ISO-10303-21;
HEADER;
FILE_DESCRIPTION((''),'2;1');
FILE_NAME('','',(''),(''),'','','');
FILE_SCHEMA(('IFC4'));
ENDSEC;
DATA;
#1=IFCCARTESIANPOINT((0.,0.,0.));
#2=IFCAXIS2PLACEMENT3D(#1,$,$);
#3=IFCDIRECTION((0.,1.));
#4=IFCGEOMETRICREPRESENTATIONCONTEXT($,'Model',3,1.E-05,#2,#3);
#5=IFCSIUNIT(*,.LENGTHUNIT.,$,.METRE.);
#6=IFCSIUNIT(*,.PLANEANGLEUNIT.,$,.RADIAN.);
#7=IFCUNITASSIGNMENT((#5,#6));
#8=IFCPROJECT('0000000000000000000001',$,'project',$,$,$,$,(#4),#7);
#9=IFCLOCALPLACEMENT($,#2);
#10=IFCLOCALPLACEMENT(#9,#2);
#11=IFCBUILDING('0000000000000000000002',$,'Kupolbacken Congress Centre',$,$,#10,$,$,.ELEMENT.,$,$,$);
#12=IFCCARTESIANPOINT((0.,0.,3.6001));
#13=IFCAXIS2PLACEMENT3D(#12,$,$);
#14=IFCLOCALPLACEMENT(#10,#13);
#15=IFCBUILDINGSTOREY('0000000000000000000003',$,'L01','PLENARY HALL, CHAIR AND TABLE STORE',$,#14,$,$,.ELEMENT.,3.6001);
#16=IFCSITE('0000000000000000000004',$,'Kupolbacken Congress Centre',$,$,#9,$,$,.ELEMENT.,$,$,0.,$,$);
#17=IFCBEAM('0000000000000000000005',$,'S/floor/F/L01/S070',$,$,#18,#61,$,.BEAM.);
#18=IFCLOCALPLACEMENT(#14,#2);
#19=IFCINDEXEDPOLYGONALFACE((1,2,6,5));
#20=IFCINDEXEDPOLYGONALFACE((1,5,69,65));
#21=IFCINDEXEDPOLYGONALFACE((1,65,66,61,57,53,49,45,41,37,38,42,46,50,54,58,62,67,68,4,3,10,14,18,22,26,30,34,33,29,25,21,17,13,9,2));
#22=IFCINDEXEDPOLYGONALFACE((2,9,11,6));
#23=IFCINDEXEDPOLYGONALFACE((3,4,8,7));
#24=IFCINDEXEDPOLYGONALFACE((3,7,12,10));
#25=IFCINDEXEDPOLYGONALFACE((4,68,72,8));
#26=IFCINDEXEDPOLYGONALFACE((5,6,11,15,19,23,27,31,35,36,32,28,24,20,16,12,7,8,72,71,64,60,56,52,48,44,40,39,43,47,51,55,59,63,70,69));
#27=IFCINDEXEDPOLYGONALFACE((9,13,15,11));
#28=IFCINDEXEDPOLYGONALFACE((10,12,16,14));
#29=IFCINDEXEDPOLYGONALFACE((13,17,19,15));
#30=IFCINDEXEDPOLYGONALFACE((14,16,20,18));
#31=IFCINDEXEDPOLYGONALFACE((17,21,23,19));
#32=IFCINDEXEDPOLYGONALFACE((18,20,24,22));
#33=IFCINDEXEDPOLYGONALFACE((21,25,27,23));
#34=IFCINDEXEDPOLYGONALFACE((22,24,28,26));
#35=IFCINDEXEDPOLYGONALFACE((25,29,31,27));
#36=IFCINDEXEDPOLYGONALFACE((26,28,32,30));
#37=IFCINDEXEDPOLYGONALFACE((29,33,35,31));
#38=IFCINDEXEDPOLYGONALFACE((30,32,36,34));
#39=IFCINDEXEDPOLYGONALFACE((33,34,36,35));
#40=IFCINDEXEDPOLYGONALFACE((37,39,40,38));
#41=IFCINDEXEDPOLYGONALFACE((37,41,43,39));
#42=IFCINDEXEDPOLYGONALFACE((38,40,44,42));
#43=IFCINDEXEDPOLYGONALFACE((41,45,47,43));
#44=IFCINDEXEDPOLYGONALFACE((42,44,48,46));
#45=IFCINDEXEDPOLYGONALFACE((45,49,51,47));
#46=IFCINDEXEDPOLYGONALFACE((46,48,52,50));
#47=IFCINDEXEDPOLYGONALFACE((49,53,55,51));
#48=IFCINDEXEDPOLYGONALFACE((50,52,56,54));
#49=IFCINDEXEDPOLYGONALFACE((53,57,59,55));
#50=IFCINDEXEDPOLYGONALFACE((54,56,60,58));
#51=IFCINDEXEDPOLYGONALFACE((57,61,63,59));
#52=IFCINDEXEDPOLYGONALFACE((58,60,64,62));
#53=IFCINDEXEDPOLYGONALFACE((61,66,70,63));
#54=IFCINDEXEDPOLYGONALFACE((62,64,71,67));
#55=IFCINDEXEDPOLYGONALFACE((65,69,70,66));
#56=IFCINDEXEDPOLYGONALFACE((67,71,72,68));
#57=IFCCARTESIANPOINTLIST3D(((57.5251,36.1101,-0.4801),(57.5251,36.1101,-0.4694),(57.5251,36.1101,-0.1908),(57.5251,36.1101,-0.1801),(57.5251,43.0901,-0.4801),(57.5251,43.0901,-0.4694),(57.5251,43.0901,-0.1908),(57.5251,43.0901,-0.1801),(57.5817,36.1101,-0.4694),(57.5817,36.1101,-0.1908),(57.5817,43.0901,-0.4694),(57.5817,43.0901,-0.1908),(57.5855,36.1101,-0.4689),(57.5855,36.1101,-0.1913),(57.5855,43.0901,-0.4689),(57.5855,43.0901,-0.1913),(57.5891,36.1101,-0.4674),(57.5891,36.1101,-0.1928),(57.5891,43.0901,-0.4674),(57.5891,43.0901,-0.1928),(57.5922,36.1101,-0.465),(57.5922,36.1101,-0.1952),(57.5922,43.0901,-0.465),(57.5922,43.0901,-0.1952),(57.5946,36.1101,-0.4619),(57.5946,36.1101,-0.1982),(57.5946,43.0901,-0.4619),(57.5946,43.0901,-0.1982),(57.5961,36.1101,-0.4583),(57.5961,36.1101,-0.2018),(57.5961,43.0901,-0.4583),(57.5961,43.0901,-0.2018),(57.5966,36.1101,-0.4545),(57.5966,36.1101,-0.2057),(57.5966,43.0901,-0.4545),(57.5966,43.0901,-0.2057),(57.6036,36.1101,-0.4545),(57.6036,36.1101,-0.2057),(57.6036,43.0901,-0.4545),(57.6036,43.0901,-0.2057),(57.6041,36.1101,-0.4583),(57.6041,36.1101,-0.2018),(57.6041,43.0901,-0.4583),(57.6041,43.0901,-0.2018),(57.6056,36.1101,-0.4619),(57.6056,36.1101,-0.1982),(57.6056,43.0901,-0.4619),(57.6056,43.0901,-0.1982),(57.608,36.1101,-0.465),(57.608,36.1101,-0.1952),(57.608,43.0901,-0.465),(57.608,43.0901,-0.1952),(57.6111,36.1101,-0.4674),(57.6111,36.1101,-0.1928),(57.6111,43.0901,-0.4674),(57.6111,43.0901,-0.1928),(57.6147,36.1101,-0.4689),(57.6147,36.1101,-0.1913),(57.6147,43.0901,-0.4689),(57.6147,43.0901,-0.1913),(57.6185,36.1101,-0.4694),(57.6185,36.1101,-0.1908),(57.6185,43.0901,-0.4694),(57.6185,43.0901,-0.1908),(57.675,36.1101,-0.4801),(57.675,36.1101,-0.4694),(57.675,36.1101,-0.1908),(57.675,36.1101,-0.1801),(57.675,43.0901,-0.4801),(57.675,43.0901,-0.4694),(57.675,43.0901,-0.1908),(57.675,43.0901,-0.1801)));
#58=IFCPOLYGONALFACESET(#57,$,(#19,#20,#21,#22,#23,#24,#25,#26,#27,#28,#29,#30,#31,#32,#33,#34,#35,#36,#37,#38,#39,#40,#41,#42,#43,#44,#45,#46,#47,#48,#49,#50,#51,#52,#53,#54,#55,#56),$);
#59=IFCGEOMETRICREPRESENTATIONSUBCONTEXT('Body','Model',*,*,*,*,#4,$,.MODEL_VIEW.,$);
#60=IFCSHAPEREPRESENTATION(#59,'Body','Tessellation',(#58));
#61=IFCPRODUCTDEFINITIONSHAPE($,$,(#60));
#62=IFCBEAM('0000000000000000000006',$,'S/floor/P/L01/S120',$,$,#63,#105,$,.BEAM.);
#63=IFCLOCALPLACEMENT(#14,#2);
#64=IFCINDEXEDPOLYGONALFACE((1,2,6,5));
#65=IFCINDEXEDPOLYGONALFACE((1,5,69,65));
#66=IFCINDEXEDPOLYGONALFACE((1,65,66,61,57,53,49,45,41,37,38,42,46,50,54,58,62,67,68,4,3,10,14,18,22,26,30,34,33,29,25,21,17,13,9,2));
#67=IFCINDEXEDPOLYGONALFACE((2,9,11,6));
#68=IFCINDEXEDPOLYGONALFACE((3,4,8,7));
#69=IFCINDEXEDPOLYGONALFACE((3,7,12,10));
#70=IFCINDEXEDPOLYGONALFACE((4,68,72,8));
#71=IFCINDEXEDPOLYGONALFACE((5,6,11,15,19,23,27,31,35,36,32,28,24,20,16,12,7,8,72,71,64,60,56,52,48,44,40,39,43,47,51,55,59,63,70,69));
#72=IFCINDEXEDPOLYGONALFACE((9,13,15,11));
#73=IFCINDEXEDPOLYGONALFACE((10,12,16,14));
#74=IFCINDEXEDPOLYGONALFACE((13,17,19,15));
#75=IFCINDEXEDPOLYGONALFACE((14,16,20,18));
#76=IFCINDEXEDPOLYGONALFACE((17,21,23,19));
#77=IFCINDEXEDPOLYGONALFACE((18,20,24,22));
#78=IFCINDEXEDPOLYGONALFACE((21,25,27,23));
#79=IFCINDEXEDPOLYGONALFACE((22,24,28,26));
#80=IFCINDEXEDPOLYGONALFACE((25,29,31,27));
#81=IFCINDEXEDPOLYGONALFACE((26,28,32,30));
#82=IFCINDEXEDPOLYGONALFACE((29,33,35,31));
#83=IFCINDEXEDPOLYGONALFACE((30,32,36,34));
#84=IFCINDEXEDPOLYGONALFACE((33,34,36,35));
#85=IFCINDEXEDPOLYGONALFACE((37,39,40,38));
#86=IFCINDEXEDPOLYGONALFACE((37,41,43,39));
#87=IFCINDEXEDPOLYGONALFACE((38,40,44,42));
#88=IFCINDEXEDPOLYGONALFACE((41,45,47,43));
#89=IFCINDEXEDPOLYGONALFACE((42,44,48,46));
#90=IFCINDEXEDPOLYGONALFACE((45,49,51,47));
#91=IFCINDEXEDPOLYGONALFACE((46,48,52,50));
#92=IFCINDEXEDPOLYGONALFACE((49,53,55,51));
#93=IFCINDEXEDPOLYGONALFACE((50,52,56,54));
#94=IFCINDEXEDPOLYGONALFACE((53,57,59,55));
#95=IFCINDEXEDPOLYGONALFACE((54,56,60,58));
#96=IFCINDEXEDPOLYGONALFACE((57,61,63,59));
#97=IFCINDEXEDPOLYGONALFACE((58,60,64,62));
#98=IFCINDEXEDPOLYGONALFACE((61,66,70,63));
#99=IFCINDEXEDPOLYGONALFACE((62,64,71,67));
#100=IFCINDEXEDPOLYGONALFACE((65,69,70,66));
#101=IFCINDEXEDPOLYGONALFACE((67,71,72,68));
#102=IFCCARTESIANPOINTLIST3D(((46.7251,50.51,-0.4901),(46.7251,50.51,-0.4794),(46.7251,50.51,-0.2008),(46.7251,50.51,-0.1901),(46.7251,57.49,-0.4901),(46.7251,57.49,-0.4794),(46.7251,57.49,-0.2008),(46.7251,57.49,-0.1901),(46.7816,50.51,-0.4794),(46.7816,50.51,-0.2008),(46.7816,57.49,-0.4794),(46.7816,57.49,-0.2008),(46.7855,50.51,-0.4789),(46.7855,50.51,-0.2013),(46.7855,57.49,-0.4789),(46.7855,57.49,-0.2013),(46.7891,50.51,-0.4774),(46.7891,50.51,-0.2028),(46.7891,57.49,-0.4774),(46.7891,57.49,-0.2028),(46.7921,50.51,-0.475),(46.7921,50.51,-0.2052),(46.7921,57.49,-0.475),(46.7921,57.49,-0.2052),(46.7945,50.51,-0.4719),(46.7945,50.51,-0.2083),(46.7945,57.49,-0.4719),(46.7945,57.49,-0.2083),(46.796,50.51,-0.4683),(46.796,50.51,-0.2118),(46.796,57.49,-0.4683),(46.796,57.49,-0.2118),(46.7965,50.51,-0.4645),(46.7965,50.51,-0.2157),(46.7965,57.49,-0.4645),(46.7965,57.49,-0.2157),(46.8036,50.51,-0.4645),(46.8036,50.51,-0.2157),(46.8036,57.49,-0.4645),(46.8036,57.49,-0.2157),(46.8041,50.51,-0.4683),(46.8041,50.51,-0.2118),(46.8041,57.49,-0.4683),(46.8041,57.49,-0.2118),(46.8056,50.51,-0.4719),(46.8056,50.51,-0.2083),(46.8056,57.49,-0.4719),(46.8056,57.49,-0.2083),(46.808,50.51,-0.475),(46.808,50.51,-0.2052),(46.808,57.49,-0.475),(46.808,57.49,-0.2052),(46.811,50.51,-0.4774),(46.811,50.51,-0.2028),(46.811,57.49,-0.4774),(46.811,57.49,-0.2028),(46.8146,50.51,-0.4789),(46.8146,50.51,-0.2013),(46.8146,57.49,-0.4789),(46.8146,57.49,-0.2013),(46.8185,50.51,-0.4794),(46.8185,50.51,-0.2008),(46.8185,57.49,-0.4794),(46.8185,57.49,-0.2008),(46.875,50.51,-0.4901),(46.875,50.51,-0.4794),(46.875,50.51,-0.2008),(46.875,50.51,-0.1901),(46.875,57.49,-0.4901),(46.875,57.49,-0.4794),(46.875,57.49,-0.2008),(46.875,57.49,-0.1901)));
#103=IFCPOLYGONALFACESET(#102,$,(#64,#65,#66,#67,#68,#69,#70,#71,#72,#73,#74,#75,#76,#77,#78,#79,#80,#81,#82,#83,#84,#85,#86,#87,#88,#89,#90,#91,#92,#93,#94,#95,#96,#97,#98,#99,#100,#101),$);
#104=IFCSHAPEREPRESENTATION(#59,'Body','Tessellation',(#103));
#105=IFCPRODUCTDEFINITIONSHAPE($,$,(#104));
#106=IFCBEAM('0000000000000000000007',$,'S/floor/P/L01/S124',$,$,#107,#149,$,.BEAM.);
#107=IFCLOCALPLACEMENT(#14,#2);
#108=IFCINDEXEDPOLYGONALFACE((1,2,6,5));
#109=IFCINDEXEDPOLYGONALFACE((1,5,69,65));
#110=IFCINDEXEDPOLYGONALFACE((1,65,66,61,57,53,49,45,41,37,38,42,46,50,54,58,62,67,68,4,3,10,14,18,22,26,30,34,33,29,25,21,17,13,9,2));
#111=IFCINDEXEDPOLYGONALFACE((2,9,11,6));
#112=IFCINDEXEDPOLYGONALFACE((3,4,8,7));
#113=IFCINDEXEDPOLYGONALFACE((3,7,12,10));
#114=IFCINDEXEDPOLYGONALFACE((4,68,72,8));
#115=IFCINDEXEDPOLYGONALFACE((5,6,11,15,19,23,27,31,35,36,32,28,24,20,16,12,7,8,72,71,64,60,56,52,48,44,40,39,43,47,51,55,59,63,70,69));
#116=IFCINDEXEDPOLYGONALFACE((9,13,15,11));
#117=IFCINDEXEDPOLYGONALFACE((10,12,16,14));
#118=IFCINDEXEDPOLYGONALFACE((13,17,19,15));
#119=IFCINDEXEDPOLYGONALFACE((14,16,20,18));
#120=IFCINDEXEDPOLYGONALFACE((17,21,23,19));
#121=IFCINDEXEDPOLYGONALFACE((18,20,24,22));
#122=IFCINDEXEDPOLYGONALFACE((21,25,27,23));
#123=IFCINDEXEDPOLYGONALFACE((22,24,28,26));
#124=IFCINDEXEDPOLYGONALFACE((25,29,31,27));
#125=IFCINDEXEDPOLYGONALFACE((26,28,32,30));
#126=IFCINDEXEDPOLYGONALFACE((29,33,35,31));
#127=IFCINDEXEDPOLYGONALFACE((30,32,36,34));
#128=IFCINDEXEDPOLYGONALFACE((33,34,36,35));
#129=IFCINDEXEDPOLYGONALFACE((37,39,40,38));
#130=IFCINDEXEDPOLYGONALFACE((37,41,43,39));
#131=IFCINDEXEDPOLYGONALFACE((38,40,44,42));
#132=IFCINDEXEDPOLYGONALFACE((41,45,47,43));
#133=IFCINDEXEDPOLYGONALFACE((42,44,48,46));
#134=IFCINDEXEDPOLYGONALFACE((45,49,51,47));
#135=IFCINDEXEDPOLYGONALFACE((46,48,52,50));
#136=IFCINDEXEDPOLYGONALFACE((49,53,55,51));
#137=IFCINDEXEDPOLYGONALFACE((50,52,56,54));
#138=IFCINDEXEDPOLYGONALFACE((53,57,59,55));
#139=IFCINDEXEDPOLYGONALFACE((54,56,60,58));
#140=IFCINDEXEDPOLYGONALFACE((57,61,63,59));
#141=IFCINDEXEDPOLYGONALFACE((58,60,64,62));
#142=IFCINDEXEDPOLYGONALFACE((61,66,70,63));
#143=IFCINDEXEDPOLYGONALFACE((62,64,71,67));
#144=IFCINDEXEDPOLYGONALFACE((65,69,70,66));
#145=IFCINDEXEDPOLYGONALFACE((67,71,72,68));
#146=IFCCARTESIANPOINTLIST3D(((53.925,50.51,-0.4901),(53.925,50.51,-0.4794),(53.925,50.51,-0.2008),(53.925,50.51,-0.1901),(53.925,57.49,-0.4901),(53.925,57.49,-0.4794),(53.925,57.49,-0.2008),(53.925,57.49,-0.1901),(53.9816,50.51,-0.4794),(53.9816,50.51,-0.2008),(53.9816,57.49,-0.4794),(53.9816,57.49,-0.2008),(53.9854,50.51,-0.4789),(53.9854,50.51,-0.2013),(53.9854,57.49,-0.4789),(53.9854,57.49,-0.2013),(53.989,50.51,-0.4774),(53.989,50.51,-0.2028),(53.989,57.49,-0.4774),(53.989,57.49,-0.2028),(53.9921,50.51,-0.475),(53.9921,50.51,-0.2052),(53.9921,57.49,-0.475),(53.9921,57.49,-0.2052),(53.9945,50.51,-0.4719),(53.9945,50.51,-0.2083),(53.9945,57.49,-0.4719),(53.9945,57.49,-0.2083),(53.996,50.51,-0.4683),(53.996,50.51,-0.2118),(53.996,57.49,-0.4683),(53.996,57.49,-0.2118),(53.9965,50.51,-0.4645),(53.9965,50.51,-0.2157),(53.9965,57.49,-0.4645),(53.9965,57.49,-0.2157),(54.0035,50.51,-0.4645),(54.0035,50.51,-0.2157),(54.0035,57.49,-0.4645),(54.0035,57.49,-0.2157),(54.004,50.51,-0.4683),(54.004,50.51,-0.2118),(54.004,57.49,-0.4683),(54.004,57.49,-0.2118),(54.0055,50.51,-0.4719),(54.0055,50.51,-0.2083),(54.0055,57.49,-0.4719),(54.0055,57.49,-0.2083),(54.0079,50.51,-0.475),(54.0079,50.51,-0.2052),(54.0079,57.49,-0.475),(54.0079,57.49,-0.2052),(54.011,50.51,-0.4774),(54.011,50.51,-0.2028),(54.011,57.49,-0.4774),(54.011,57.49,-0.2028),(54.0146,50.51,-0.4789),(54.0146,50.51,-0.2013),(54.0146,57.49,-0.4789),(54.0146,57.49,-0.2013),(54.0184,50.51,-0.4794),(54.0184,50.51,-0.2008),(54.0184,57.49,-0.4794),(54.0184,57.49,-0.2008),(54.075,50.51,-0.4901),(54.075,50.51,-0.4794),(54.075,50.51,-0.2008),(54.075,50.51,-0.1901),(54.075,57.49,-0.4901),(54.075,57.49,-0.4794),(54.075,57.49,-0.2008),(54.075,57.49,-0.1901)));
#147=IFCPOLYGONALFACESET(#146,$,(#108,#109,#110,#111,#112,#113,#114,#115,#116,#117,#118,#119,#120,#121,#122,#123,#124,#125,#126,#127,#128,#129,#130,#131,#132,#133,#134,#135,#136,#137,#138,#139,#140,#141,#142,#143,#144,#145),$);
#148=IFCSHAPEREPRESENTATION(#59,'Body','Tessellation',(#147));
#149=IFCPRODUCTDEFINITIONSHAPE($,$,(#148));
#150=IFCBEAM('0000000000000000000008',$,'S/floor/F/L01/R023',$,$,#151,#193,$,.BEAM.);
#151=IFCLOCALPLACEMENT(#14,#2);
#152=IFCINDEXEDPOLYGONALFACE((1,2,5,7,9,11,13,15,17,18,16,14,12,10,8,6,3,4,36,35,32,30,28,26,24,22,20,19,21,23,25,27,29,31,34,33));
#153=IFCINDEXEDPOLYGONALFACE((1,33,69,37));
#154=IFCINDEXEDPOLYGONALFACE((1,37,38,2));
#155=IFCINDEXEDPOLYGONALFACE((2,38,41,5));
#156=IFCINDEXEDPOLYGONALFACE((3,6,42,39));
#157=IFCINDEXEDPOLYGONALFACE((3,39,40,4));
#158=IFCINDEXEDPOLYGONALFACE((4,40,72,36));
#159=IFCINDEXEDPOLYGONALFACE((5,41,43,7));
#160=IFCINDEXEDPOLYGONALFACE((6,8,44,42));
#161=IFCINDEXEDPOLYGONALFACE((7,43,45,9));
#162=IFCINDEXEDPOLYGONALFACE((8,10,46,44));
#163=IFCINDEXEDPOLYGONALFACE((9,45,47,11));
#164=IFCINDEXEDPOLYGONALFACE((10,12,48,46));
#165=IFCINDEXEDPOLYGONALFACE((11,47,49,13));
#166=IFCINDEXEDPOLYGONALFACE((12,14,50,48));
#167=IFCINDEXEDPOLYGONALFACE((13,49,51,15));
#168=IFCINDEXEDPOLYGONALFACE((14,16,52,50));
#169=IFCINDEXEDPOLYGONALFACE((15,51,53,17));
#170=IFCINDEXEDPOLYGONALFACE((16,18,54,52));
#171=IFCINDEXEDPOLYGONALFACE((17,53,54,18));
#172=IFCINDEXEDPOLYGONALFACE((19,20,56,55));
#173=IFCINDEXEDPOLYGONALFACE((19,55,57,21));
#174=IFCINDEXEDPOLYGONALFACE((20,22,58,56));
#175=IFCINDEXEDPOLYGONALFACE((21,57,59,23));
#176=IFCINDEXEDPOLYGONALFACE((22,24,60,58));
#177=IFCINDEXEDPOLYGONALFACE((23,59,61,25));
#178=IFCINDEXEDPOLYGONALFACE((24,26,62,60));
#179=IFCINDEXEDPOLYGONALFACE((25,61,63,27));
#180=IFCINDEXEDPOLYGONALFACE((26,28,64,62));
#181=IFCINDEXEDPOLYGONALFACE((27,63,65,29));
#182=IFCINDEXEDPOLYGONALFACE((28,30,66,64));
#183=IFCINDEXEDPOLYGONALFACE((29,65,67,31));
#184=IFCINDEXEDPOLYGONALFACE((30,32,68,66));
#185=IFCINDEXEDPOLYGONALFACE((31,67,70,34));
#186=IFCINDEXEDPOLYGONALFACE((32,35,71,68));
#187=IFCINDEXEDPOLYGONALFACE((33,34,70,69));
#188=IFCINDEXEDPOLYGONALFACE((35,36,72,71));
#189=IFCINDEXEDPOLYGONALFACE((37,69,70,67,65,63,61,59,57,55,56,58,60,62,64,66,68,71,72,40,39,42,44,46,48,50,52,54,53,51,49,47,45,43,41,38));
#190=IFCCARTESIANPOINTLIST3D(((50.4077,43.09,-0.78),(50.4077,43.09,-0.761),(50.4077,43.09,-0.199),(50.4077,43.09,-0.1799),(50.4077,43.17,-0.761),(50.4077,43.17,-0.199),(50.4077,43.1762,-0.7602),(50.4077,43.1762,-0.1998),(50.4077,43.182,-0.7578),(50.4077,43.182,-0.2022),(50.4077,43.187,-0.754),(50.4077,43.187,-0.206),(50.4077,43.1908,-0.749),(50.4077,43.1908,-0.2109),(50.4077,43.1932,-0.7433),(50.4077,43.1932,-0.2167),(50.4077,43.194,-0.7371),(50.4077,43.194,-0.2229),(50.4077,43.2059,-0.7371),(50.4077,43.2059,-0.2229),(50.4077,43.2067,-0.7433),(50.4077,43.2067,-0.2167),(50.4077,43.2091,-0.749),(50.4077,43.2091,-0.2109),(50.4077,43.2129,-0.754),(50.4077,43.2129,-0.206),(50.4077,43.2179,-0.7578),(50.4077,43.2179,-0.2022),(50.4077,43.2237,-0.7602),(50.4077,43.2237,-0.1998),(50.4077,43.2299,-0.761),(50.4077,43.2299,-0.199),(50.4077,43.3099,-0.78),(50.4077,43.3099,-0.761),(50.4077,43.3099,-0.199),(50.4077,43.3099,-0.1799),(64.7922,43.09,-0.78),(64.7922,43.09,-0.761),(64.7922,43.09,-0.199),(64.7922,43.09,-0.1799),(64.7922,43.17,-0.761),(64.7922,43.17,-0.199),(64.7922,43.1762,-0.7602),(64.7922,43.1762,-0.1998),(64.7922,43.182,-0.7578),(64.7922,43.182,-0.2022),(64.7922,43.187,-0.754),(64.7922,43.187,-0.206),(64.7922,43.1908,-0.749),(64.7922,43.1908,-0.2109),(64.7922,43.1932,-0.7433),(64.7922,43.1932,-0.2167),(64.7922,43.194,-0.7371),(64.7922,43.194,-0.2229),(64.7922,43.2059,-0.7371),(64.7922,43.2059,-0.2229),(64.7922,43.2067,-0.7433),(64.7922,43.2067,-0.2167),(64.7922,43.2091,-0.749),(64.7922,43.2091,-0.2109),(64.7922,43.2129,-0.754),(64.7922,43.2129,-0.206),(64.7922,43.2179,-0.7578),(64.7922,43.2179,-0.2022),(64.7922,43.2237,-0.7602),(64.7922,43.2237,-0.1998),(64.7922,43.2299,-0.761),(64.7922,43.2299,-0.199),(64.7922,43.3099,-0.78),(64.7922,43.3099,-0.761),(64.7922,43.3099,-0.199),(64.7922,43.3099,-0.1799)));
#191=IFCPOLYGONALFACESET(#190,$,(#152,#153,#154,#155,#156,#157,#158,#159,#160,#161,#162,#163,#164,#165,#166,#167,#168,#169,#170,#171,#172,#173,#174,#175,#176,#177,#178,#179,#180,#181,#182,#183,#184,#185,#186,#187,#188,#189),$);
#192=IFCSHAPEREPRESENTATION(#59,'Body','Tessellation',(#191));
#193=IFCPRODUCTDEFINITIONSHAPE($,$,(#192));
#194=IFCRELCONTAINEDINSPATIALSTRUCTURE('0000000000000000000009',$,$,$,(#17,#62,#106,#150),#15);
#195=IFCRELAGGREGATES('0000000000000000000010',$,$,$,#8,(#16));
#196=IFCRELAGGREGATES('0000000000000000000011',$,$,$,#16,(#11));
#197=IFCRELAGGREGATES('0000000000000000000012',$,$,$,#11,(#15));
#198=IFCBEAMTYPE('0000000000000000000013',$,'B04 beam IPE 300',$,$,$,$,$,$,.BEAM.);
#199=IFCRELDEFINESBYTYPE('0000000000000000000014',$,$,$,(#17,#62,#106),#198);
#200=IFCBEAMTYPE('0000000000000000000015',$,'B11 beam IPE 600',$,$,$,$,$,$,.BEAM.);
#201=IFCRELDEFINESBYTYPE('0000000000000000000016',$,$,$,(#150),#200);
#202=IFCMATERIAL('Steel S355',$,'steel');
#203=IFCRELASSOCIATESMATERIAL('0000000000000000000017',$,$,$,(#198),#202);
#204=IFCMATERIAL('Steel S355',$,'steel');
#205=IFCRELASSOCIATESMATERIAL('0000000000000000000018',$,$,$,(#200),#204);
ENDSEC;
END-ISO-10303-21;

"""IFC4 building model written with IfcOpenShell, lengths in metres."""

from ifc_helpers import new_model, si_unit, direction, frame, origin, origin_2d, place, context, subcontext, project, spatial, i_section, extrude, material, material_profile, profile_set, type_object, element, save


model = new_model("IFC4")

# Units and contexts
model_context = context("Model", 3, precision=1e-05, world=origin(), true_north=direction((0.0, 1.0)))
body_context = subcontext(model_context, "Body", "Model", "MODEL_VIEW")
ifc_project = project(units=[si_unit("LENGTHUNIT", "METRE"), si_unit("PLANEANGLEUNIT", "RADIAN")], contexts=[model_context])

# Site, building, storey
site_placement = place(None, origin())
site = spatial("IfcSite", under=ifc_project, at=site_placement, Name="Kupolbacken Congress Centre", CompositionType="ELEMENT", RefElevation=0.0)
building_placement = place(site_placement, origin())
building = spatial("IfcBuilding", under=site, at=building_placement, Name="Kupolbacken Congress Centre", CompositionType="ELEMENT")
storey_placement = place(building_placement, frame((0.0, 0.0, 3.6001)))
storey = spatial("IfcBuildingStorey", under=building, at=storey_placement, Name="L01", Description="PLENARY HALL, CHAIR AND TABLE STORE", CompositionType="ELEMENT", Elevation=3.6001)

# Beams
ifc_material_1 = material(Name="Steel S355", Category="steel")
ifc_material_profile_1 = material_profile(ifc_material_1, i_section(OverallWidth=0.1499, OverallDepth=0.3, WebThickness=0.0071, FlangeThickness=0.0107, FilletRadius=0.0149, at=origin_2d()), Name="IPE 300")
ifc_profile_set_1 = profile_set([ifc_material_profile_1], Name="Steel S355")
beam_type_1 = type_object("IfcBeamType", Name="B04 beam IPE 300", PredefinedType="BEAM", material=ifc_profile_set_1)
for number, where, z_axis, x_axis, name in (
    (1, (57.6001, 36.1101, -0.3301), (0.0, 1.0, 0.0), (-1.0, 0.0, 0.0), "S/floor/F/L01/S070"),
    (2, (46.8, 50.51, -0.3401), (0.0, 1.0, 0.0), (-1.0, 0.0, 0.0), "S/floor/P/L01/S120"),
    (3, (54.0, 50.51, -0.3401), (0.0, 1.0, 0.0), (-1.0, 0.0, 0.0), "S/floor/P/L01/S124"),
):
    element("IfcBeam", number, at=place(storey_placement, frame(where, z_axis=z_axis, x_axis=x_axis)), inside=storey, type_object=beam_type_1, Name=name, PredefinedType="BEAM", context=body_context, shape_type="SweptSolid", body=[
        extrude(i_section(OverallWidth=0.1499, OverallDepth=0.3, WebThickness=0.0071, FlangeThickness=0.0107, FilletRadius=0.0149, at=origin_2d()), origin(), (0.0, 0.0, 1.0), 6.98),
    ])
ifc_material_2 = material(Name="Steel S355", Category="steel")
ifc_material_profile_2 = material_profile(ifc_material_2, i_section(OverallWidth=0.22, OverallDepth=0.6001, WebThickness=0.012, FlangeThickness=0.019, FilletRadius=0.0239, at=origin_2d()), Name="IPE 600")
ifc_profile_set_2 = profile_set([ifc_material_profile_2], Name="Steel S355")
beam_type_2 = type_object("IfcBeamType", Name="B11 beam IPE 600", PredefinedType="BEAM", material=ifc_profile_set_2)
for number, where, z_axis, x_axis, name in (
    (4, (50.4077, 43.2, -0.48), (1.0, 0.0, 0.0), (0.0, 1.0, 0.0), "S/floor/F/L01/R023"),
):
    element("IfcBeam", number, at=place(storey_placement, frame(where, z_axis=z_axis, x_axis=x_axis)), inside=storey, type_object=beam_type_2, Name=name, PredefinedType="BEAM", context=body_context, shape_type="SweptSolid", body=[
        extrude(i_section(OverallWidth=0.22, OverallDepth=0.6001, WebThickness=0.012, FlangeThickness=0.019, FilletRadius=0.0239, at=origin_2d()), origin(), (0.0, 0.0, 1.0), 14.3845),
    ])

save(model, "model.ifc")
